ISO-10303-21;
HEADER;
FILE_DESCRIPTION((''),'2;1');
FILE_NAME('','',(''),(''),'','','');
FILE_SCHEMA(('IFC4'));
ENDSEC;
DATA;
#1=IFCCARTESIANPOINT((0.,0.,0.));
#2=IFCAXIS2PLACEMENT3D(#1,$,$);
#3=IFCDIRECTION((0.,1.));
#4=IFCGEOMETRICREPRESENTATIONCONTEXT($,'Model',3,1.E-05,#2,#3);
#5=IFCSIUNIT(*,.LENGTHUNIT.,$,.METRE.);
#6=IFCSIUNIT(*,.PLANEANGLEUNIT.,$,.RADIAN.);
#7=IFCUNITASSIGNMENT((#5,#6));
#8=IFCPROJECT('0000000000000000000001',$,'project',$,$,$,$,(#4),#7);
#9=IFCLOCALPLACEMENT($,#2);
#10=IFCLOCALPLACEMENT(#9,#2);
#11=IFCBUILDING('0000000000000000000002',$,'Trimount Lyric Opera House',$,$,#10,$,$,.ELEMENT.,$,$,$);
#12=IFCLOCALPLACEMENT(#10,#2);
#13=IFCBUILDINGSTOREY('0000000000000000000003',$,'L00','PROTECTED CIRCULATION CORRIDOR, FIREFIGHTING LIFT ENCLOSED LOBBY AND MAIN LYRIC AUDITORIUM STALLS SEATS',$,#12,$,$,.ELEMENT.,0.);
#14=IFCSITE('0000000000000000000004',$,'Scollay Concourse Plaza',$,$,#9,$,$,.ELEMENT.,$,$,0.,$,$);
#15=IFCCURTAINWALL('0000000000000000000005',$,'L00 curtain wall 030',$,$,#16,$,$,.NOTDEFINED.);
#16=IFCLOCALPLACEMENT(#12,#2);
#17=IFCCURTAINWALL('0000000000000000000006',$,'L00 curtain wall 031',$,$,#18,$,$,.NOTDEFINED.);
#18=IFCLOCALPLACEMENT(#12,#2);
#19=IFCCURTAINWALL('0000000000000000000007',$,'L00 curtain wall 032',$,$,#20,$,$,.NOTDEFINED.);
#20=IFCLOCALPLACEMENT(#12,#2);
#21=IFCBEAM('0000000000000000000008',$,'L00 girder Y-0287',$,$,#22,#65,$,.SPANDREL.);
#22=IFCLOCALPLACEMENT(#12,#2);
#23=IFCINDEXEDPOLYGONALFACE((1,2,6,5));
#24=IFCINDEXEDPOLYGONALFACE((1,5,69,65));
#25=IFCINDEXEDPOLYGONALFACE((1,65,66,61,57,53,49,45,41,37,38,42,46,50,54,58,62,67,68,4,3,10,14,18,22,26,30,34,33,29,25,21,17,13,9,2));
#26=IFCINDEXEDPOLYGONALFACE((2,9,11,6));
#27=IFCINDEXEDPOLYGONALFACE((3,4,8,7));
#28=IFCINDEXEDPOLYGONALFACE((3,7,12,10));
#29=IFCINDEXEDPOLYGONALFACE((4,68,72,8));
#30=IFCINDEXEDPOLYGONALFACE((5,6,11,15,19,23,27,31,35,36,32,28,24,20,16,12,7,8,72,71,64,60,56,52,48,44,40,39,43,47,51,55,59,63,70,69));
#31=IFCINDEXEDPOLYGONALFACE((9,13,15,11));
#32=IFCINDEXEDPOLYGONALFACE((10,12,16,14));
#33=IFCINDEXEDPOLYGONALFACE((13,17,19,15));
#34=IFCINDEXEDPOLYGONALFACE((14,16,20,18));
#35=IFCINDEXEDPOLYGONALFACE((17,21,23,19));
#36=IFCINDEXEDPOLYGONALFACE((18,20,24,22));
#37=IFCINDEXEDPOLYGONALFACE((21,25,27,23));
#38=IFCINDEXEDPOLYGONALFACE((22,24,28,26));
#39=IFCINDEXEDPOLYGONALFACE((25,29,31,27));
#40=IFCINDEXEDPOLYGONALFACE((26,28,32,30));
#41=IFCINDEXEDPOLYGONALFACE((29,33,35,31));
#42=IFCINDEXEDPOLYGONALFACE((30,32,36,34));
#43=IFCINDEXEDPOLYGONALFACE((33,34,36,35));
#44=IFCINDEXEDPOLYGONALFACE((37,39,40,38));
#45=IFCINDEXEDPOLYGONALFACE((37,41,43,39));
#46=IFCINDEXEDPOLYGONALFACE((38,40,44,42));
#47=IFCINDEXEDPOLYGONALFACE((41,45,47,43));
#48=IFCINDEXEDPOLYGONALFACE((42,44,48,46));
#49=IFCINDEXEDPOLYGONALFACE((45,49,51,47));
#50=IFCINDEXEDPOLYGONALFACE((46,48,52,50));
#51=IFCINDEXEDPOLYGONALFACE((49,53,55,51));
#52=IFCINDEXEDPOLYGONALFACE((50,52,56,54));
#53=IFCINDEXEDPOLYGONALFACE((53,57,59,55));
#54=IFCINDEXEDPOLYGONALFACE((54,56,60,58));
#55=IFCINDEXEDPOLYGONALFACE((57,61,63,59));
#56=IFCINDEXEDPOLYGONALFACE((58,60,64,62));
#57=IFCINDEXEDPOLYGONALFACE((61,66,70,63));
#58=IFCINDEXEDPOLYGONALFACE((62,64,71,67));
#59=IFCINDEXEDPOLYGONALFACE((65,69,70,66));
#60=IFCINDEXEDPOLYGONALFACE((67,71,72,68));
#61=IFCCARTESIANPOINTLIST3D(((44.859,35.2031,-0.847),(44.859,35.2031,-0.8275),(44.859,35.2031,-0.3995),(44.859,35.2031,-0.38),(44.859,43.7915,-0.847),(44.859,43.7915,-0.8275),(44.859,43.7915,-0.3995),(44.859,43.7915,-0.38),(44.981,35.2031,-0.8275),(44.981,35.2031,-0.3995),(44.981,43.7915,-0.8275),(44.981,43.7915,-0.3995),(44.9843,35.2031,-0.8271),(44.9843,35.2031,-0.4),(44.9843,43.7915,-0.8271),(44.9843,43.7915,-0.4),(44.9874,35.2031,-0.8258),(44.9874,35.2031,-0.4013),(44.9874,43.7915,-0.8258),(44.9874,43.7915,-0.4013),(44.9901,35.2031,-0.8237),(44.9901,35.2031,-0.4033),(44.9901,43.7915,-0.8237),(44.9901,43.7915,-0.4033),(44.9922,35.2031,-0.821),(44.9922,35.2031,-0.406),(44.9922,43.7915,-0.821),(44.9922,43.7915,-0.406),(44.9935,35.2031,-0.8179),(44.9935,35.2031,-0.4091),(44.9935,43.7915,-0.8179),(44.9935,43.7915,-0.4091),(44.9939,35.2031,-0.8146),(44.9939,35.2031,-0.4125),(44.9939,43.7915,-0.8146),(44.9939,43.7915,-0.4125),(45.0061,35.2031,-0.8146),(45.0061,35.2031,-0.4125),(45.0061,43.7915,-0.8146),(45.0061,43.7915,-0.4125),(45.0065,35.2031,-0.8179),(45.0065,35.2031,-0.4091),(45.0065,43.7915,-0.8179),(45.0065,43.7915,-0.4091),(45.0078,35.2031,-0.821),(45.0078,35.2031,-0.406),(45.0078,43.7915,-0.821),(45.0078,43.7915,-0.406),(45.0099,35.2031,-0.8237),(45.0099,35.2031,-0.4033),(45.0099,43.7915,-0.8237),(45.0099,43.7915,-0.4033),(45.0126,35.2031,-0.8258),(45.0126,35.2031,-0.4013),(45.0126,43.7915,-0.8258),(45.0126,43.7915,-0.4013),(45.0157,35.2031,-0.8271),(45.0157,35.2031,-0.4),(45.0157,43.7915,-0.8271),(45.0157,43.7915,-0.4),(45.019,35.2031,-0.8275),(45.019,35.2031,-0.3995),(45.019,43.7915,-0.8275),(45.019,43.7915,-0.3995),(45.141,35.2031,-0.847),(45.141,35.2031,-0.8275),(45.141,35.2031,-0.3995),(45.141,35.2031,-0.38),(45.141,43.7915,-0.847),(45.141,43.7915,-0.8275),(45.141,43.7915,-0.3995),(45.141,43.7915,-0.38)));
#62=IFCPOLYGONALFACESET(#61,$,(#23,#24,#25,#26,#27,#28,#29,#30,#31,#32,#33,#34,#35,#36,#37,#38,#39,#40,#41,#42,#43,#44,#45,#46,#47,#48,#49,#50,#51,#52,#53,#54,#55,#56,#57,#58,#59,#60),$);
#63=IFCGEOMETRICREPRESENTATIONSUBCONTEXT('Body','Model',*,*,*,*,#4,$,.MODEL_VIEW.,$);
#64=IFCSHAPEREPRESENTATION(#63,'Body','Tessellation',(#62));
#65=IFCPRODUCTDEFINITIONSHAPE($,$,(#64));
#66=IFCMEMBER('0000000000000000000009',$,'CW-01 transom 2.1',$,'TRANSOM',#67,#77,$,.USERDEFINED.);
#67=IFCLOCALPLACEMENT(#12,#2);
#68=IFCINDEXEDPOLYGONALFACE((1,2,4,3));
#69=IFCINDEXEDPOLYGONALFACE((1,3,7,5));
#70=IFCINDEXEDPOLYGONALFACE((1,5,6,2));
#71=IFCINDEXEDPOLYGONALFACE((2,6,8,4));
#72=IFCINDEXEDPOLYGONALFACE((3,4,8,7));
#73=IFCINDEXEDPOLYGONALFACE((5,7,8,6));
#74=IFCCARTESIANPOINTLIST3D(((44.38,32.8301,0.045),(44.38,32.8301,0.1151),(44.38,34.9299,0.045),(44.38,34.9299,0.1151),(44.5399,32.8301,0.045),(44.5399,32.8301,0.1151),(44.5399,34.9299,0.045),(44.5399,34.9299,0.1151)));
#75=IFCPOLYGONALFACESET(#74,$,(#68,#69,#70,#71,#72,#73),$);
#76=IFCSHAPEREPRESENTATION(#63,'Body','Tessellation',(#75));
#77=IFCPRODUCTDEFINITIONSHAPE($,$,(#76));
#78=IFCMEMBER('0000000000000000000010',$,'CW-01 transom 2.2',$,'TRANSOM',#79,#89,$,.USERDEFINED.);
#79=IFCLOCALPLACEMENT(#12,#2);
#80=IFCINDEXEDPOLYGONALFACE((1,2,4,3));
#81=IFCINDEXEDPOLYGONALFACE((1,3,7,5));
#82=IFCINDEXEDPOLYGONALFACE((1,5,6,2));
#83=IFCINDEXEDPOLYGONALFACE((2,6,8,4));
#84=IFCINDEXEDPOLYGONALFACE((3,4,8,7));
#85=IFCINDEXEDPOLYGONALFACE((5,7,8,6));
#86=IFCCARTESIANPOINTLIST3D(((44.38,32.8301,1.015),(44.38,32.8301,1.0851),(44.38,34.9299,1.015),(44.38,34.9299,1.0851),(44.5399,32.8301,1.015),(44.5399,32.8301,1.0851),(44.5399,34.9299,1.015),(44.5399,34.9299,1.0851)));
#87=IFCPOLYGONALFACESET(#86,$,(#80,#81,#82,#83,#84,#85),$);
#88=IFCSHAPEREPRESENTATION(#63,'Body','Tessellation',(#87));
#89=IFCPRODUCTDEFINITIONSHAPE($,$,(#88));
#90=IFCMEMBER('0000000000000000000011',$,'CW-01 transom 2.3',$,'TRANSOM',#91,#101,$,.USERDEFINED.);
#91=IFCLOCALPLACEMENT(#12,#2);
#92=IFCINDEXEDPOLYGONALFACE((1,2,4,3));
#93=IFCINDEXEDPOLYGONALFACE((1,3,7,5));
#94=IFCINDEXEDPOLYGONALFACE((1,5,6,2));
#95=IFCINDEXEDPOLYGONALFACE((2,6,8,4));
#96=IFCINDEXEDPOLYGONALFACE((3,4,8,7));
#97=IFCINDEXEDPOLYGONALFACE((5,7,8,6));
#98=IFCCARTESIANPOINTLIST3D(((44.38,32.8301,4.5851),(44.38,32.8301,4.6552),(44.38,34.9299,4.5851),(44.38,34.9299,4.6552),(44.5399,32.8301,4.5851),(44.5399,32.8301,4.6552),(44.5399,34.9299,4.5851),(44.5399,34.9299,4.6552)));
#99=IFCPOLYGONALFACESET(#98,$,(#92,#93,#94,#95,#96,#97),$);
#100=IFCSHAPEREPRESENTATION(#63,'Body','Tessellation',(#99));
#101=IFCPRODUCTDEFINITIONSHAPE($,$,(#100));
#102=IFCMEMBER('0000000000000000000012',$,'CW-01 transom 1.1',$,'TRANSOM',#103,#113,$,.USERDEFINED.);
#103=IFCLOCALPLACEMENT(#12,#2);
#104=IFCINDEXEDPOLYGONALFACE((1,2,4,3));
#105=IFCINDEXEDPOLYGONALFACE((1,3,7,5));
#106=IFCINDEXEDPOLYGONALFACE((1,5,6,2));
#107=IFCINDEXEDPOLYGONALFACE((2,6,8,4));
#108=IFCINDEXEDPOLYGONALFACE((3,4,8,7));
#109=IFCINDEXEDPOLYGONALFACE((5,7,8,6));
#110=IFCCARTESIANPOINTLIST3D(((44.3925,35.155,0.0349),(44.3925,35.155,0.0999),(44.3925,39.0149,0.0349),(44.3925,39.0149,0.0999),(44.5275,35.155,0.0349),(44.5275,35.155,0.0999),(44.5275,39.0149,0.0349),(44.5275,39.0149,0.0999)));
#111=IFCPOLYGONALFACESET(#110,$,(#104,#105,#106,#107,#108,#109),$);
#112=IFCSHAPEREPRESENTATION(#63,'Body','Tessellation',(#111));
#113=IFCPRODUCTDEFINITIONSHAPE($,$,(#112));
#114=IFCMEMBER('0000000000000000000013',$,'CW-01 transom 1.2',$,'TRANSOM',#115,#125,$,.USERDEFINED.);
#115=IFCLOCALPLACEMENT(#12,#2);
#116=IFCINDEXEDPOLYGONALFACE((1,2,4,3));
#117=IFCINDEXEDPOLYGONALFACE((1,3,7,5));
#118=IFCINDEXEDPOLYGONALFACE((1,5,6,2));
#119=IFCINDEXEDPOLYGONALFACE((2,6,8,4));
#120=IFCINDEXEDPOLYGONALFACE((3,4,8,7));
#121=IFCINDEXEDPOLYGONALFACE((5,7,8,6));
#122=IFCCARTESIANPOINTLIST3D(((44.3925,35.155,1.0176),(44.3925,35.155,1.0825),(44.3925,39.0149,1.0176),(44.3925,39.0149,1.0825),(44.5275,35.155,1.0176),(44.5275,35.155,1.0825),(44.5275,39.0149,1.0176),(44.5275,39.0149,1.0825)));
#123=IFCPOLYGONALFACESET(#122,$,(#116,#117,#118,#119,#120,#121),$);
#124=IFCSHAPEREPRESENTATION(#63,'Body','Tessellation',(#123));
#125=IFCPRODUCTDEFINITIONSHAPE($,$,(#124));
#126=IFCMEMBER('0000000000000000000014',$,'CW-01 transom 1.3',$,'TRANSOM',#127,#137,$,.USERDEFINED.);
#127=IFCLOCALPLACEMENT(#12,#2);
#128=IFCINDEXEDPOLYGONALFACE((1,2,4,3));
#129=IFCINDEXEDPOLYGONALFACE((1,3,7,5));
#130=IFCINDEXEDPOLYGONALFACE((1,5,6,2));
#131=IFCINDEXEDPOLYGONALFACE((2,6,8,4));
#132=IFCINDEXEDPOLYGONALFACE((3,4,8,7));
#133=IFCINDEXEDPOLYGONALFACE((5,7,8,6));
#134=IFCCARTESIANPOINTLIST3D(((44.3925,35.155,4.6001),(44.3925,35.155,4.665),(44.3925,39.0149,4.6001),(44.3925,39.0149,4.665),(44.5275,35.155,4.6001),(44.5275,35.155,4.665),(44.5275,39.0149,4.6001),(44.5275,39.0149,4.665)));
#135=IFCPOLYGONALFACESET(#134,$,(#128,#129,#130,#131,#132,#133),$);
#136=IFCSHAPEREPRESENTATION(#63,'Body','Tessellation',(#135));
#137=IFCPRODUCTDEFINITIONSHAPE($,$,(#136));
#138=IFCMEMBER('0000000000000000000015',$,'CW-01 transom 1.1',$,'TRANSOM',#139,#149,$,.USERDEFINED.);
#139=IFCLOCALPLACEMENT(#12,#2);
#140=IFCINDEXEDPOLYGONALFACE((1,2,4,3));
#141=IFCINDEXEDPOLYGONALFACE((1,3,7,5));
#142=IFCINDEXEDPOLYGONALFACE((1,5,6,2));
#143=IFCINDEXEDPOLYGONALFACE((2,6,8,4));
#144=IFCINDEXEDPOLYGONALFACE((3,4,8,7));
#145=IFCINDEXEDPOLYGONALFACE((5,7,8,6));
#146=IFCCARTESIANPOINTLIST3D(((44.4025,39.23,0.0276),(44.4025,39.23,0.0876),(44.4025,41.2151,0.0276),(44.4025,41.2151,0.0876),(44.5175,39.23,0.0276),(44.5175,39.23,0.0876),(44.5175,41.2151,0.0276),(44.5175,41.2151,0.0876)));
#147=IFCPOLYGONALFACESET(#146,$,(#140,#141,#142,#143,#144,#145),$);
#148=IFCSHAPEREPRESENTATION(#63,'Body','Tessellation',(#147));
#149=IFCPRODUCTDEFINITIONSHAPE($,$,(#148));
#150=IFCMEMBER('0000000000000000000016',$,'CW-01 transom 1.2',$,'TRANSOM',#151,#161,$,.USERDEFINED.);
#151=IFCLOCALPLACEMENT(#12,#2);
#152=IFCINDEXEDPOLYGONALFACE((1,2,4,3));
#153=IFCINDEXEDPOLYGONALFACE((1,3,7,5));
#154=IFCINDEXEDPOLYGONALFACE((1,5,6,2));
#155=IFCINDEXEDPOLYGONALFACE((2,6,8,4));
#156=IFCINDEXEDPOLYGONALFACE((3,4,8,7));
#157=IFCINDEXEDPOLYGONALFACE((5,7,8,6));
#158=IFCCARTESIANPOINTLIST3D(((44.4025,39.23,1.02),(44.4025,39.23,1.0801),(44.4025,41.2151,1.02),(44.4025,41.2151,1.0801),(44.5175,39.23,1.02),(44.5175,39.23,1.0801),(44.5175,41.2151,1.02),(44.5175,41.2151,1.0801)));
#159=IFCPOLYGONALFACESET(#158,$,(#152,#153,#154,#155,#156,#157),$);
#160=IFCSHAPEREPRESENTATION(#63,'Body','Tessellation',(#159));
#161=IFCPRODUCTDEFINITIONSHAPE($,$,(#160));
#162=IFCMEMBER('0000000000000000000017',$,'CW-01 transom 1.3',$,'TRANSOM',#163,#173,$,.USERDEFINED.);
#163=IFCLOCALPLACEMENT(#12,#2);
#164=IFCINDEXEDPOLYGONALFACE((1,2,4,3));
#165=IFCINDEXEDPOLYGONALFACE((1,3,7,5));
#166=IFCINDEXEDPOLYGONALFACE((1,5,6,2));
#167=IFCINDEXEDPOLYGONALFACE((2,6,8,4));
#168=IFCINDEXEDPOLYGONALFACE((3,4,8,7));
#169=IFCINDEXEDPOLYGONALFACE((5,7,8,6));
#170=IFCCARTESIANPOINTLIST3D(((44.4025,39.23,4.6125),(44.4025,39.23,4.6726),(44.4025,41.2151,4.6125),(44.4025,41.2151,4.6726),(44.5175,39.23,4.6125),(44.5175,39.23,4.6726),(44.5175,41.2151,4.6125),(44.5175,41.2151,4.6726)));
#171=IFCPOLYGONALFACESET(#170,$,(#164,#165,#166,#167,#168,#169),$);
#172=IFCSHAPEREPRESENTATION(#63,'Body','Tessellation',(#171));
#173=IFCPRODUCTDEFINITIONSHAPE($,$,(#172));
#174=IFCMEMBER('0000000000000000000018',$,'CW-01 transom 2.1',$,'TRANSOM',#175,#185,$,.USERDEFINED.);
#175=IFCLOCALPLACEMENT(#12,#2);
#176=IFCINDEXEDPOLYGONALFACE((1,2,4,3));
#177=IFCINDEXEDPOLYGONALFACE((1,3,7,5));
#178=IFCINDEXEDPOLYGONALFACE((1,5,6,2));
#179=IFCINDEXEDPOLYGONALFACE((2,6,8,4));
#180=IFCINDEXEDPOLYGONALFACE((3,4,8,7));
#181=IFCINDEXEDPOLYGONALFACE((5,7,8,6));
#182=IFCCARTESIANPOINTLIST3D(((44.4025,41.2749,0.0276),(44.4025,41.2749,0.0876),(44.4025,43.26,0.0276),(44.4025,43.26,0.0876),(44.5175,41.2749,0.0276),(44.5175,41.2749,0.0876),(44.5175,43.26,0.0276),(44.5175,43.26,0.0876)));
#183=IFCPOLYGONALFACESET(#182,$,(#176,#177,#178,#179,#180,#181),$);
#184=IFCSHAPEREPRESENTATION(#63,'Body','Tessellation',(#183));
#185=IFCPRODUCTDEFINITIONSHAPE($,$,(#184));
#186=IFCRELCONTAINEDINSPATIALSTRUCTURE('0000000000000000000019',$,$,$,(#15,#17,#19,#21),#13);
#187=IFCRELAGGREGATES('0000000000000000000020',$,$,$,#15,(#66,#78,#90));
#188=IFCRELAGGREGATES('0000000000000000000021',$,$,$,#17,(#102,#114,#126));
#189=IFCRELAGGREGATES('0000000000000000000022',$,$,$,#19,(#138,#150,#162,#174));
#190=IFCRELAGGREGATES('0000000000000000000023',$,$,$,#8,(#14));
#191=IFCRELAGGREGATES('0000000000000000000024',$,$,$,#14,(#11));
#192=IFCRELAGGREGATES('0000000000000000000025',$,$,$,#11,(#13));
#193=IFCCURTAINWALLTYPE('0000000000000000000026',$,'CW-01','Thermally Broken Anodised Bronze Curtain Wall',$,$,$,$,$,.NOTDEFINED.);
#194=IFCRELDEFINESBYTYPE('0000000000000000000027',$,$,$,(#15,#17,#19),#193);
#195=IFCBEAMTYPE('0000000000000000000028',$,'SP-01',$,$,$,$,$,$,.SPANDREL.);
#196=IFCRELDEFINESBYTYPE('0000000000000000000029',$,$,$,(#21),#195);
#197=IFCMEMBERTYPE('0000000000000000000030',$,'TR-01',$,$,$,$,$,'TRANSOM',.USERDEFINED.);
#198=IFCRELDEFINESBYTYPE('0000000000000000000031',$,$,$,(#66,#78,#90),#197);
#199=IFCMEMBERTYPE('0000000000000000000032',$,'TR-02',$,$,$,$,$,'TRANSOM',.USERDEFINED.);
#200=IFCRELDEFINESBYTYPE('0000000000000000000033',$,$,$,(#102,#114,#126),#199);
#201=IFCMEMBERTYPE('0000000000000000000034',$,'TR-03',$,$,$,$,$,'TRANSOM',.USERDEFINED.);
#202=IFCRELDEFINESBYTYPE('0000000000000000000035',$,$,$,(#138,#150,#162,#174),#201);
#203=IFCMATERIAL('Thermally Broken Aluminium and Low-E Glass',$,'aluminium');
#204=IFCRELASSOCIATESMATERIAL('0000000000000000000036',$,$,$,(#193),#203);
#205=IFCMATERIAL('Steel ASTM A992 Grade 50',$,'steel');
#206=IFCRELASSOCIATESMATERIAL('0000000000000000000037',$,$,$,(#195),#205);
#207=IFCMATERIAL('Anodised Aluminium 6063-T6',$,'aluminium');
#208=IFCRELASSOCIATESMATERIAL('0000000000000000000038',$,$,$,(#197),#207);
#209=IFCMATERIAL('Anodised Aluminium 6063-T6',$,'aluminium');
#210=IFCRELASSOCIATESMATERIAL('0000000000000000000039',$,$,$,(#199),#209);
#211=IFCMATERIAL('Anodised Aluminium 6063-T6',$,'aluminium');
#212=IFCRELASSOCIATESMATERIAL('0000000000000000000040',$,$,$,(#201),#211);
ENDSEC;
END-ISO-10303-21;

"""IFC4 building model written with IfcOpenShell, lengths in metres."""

from ifc_helpers import new_model, si_unit, direction, frame, origin, origin_2d, place, context, subcontext, project, spatial, rectangle, i_section, extrude, material, material_profile, profile_set, type_object, element, aggregate, save


model = new_model("IFC4")

# Units and contexts
model_context = context("Model", 3, precision=1e-05, world=origin(), true_north=direction((0.0, 1.0)))
body_context = subcontext(model_context, "Body", "Model", "MODEL_VIEW")
ifc_project = project(units=[si_unit("LENGTHUNIT", "METRE"), si_unit("PLANEANGLEUNIT", "RADIAN")], contexts=[model_context])

# Site, building, storey
site_placement = place(None, origin())
site = spatial("IfcSite", under=ifc_project, at=site_placement, Name="Scollay Concourse Plaza", CompositionType="ELEMENT", RefElevation=0.0)
building_placement = place(site_placement, origin())
building = spatial("IfcBuilding", under=site, at=building_placement, Name="Trimount Lyric Opera House", CompositionType="ELEMENT")
storey_placement = place(building_placement, origin())
storey = spatial("IfcBuildingStorey", under=building, at=storey_placement, Name="L00", Description="PROTECTED CIRCULATION CORRIDOR, FIREFIGHTING LIFT ENCLOSED LOBBY AND MAIN LYRIC AUDITORIUM STALLS SEATS", CompositionType="ELEMENT", Elevation=0.0)

# Curtain walls
ifc_material_1 = material(Name="Thermally Broken Aluminium and Low-E Glass", Category="aluminium")
curtain_wall_type = type_object("IfcCurtainWallType", Name="CW-01", Description="Thermally Broken Anodised Bronze Curtain Wall", PredefinedType="NOTDEFINED", material=ifc_material_1)
curtain_wall_1_placement = place(storey_placement, origin())
curtain_wall_1 = element("IfcCurtainWall", 1, at=curtain_wall_1_placement, inside=storey, type_object=curtain_wall_type, Name="L00 curtain wall 030", PredefinedType="NOTDEFINED")
curtain_wall_2_placement = place(storey_placement, origin())
curtain_wall_2 = element("IfcCurtainWall", 2, at=curtain_wall_2_placement, inside=storey, type_object=curtain_wall_type, Name="L00 curtain wall 031", PredefinedType="NOTDEFINED")
curtain_wall_3_placement = place(storey_placement, origin())
curtain_wall_3 = element("IfcCurtainWall", 3, at=curtain_wall_3_placement, inside=storey, type_object=curtain_wall_type, Name="L00 curtain wall 032", PredefinedType="NOTDEFINED")

# Beam
ifc_material_2 = material(Name="Steel ASTM A992 Grade 50", Category="steel")
ifc_material_profile_1 = material_profile(ifc_material_2, i_section(OverallWidth=0.282, OverallDepth=0.467, WebThickness=0.0122, FlangeThickness=0.0195, FilletRadius=0.0129, at=origin_2d()), Name="W18X86")
ifc_profile_set_1 = profile_set([ifc_material_profile_1], Name="Steel ASTM A992 Grade 50")
beam_type_1 = type_object("IfcBeamType", Name="SP-01", PredefinedType="SPANDREL", material=ifc_profile_set_1)
beam_1_placement = place(storey_placement, frame((45.0, 35.2031, -0.6135), z_axis=(0.0, 1.0, 0.0), x_axis=(-1.0, 0.0, 0.0)))
element("IfcBeam", 4, at=beam_1_placement, inside=storey, type_object=beam_type_1, Name="L00 girder Y-0287", PredefinedType="SPANDREL", context=body_context, shape_type="SweptSolid", body=[
    extrude(i_section(OverallWidth=0.282, OverallDepth=0.467, WebThickness=0.0122, FlangeThickness=0.0195, FilletRadius=0.0129, at=origin_2d()), origin(), (0.0, 0.0, 1.0), 8.5884),
])

# Members
ifc_material_3 = material(Name="Anodised Aluminium 6063-T6", Category="aluminium")
ifc_material_profile_2 = material_profile(ifc_material_3, rectangle(XDim=0.1599, YDim=0.0701, at=origin_2d()), Name="ALU-TRAN-70X160")
ifc_profile_set_2 = profile_set([ifc_material_profile_2], Name="Anodised Aluminium 6063-T6")
member_type_1 = type_object("IfcMemberType", Name="TR-01", ElementType="TRANSOM", PredefinedType="USERDEFINED", material=ifc_profile_set_2)
member_1_placement = place(storey_placement, frame((44.46, 32.8301, 0.0801), z_axis=(0.0, 1.0, 0.0), x_axis=(-1.0, 0.0, 0.0)))
member_1 = element("IfcMember", 5, at=member_1_placement, type_object=member_type_1, Name="CW-01 transom 2.1", ObjectType="TRANSOM", PredefinedType="USERDEFINED", context=body_context, shape_type="SweptSolid", body=[
    extrude(rectangle(XDim=0.1599, YDim=0.0701, at=origin_2d()), origin(), (0.0, 0.0, 1.0), 2.0999),
])
member_2_placement = place(storey_placement, frame((44.46, 32.8301, 1.05), z_axis=(0.0, 1.0, 0.0), x_axis=(-1.0, 0.0, 0.0)))
member_2 = element("IfcMember", 6, at=member_2_placement, type_object=member_type_1, Name="CW-01 transom 2.2", ObjectType="TRANSOM", PredefinedType="USERDEFINED", context=body_context, shape_type="SweptSolid", body=[
    extrude(rectangle(XDim=0.1599, YDim=0.0701, at=origin_2d()), origin(), (0.0, 0.0, 1.0), 2.0999),
])
member_3_placement = place(storey_placement, frame((44.46, 32.8301, 4.6201), z_axis=(0.0, 1.0, 0.0), x_axis=(-1.0, 0.0, 0.0)))
member_3 = element("IfcMember", 7, at=member_3_placement, type_object=member_type_1, Name="CW-01 transom 2.3", ObjectType="TRANSOM", PredefinedType="USERDEFINED", context=body_context, shape_type="SweptSolid", body=[
    extrude(rectangle(XDim=0.1599, YDim=0.0701, at=origin_2d()), origin(), (0.0, 0.0, 1.0), 2.0999),
])
ifc_material_4 = material(Name="Anodised Aluminium 6063-T6", Category="aluminium")
ifc_material_profile_3 = material_profile(ifc_material_4, rectangle(XDim=0.135, YDim=0.0649, at=origin_2d()), Name="ALU-TRAN-65X135")
ifc_profile_set_3 = profile_set([ifc_material_profile_3], Name="Anodised Aluminium 6063-T6")
member_type_2 = type_object("IfcMemberType", Name="TR-02", ElementType="TRANSOM", PredefinedType="USERDEFINED", material=ifc_profile_set_3)
member_4_placement = place(storey_placement, frame((44.46, 35.155, 0.0674), z_axis=(0.0, 1.0, 0.0), x_axis=(-1.0, 0.0, 0.0)))
member_4 = element("IfcMember", 8, at=member_4_placement, type_object=member_type_2, Name="CW-01 transom 1.1", ObjectType="TRANSOM", PredefinedType="USERDEFINED", context=body_context, shape_type="SweptSolid", body=[
    extrude(rectangle(XDim=0.135, YDim=0.0649, at=origin_2d()), origin(), (0.0, 0.0, 1.0), 3.8599),
])
member_5_placement = place(storey_placement, frame((44.46, 35.155, 1.05), z_axis=(0.0, 1.0, 0.0), x_axis=(-1.0, 0.0, 0.0)))
member_5 = element("IfcMember", 9, at=member_5_placement, type_object=member_type_2, Name="CW-01 transom 1.2", ObjectType="TRANSOM", PredefinedType="USERDEFINED", context=body_context, shape_type="SweptSolid", body=[
    extrude(rectangle(XDim=0.135, YDim=0.0649, at=origin_2d()), origin(), (0.0, 0.0, 1.0), 3.8599),
])
member_6_placement = place(storey_placement, frame((44.46, 35.155, 4.6326), z_axis=(0.0, 1.0, 0.0), x_axis=(-1.0, 0.0, 0.0)))
member_6 = element("IfcMember", 10, at=member_6_placement, type_object=member_type_2, Name="CW-01 transom 1.3", ObjectType="TRANSOM", PredefinedType="USERDEFINED", context=body_context, shape_type="SweptSolid", body=[
    extrude(rectangle(XDim=0.135, YDim=0.0649, at=origin_2d()), origin(), (0.0, 0.0, 1.0), 3.8599),
])
ifc_material_5 = material(Name="Anodised Aluminium 6063-T6", Category="aluminium")
ifc_material_profile_4 = material_profile(ifc_material_5, rectangle(XDim=0.115, YDim=0.0601, at=origin_2d()), Name="ALU-TRAN-60X115")
ifc_profile_set_4 = profile_set([ifc_material_profile_4], Name="Anodised Aluminium 6063-T6")
member_type_3 = type_object("IfcMemberType", Name="TR-03", ElementType="TRANSOM", PredefinedType="USERDEFINED", material=ifc_profile_set_4)
member_7_placement = place(storey_placement, frame((44.46, 39.23, 0.0576), z_axis=(0.0, 1.0, 0.0), x_axis=(-1.0, 0.0, 0.0)))
member_7 = element("IfcMember", 11, at=member_7_placement, type_object=member_type_3, Name="CW-01 transom 1.1", ObjectType="TRANSOM", PredefinedType="USERDEFINED", context=body_context, shape_type="SweptSolid", body=[
    extrude(rectangle(XDim=0.115, YDim=0.0601, at=origin_2d()), origin(), (0.0, 0.0, 1.0), 1.9851),
])
member_8_placement = place(storey_placement, frame((44.46, 39.23, 1.05), z_axis=(0.0, 1.0, 0.0), x_axis=(-1.0, 0.0, 0.0)))
member_8 = element("IfcMember", 12, at=member_8_placement, type_object=member_type_3, Name="CW-01 transom 1.2", ObjectType="TRANSOM", PredefinedType="USERDEFINED", context=body_context, shape_type="SweptSolid", body=[
    extrude(rectangle(XDim=0.115, YDim=0.0601, at=origin_2d()), origin(), (0.0, 0.0, 1.0), 1.9851),
])
member_9_placement = place(storey_placement, frame((44.46, 39.23, 4.6426), z_axis=(0.0, 1.0, 0.0), x_axis=(-1.0, 0.0, 0.0)))
member_9 = element("IfcMember", 13, at=member_9_placement, type_object=member_type_3, Name="CW-01 transom 1.3", ObjectType="TRANSOM", PredefinedType="USERDEFINED", context=body_context, shape_type="SweptSolid", body=[
    extrude(rectangle(XDim=0.115, YDim=0.0601, at=origin_2d()), origin(), (0.0, 0.0, 1.0), 1.9851),
])
member_10_placement = place(storey_placement, frame((44.46, 41.2749, 0.0576), z_axis=(0.0, 1.0, 0.0), x_axis=(-1.0, 0.0, 0.0)))
member_10 = element("IfcMember", 14, at=member_10_placement, type_object=member_type_3, Name="CW-01 transom 2.1", ObjectType="TRANSOM", PredefinedType="USERDEFINED", context=body_context, shape_type="SweptSolid", body=[
    extrude(rectangle(XDim=0.115, YDim=0.0601, at=origin_2d()), origin(), (0.0, 0.0, 1.0), 1.9851),
])

aggregate(curtain_wall_1, [member_1, member_2, member_3])
aggregate(curtain_wall_2, [member_4, member_5, member_6])
aggregate(curtain_wall_3, [member_7, member_8, member_9, member_10])

save(model, "model.ifc")
